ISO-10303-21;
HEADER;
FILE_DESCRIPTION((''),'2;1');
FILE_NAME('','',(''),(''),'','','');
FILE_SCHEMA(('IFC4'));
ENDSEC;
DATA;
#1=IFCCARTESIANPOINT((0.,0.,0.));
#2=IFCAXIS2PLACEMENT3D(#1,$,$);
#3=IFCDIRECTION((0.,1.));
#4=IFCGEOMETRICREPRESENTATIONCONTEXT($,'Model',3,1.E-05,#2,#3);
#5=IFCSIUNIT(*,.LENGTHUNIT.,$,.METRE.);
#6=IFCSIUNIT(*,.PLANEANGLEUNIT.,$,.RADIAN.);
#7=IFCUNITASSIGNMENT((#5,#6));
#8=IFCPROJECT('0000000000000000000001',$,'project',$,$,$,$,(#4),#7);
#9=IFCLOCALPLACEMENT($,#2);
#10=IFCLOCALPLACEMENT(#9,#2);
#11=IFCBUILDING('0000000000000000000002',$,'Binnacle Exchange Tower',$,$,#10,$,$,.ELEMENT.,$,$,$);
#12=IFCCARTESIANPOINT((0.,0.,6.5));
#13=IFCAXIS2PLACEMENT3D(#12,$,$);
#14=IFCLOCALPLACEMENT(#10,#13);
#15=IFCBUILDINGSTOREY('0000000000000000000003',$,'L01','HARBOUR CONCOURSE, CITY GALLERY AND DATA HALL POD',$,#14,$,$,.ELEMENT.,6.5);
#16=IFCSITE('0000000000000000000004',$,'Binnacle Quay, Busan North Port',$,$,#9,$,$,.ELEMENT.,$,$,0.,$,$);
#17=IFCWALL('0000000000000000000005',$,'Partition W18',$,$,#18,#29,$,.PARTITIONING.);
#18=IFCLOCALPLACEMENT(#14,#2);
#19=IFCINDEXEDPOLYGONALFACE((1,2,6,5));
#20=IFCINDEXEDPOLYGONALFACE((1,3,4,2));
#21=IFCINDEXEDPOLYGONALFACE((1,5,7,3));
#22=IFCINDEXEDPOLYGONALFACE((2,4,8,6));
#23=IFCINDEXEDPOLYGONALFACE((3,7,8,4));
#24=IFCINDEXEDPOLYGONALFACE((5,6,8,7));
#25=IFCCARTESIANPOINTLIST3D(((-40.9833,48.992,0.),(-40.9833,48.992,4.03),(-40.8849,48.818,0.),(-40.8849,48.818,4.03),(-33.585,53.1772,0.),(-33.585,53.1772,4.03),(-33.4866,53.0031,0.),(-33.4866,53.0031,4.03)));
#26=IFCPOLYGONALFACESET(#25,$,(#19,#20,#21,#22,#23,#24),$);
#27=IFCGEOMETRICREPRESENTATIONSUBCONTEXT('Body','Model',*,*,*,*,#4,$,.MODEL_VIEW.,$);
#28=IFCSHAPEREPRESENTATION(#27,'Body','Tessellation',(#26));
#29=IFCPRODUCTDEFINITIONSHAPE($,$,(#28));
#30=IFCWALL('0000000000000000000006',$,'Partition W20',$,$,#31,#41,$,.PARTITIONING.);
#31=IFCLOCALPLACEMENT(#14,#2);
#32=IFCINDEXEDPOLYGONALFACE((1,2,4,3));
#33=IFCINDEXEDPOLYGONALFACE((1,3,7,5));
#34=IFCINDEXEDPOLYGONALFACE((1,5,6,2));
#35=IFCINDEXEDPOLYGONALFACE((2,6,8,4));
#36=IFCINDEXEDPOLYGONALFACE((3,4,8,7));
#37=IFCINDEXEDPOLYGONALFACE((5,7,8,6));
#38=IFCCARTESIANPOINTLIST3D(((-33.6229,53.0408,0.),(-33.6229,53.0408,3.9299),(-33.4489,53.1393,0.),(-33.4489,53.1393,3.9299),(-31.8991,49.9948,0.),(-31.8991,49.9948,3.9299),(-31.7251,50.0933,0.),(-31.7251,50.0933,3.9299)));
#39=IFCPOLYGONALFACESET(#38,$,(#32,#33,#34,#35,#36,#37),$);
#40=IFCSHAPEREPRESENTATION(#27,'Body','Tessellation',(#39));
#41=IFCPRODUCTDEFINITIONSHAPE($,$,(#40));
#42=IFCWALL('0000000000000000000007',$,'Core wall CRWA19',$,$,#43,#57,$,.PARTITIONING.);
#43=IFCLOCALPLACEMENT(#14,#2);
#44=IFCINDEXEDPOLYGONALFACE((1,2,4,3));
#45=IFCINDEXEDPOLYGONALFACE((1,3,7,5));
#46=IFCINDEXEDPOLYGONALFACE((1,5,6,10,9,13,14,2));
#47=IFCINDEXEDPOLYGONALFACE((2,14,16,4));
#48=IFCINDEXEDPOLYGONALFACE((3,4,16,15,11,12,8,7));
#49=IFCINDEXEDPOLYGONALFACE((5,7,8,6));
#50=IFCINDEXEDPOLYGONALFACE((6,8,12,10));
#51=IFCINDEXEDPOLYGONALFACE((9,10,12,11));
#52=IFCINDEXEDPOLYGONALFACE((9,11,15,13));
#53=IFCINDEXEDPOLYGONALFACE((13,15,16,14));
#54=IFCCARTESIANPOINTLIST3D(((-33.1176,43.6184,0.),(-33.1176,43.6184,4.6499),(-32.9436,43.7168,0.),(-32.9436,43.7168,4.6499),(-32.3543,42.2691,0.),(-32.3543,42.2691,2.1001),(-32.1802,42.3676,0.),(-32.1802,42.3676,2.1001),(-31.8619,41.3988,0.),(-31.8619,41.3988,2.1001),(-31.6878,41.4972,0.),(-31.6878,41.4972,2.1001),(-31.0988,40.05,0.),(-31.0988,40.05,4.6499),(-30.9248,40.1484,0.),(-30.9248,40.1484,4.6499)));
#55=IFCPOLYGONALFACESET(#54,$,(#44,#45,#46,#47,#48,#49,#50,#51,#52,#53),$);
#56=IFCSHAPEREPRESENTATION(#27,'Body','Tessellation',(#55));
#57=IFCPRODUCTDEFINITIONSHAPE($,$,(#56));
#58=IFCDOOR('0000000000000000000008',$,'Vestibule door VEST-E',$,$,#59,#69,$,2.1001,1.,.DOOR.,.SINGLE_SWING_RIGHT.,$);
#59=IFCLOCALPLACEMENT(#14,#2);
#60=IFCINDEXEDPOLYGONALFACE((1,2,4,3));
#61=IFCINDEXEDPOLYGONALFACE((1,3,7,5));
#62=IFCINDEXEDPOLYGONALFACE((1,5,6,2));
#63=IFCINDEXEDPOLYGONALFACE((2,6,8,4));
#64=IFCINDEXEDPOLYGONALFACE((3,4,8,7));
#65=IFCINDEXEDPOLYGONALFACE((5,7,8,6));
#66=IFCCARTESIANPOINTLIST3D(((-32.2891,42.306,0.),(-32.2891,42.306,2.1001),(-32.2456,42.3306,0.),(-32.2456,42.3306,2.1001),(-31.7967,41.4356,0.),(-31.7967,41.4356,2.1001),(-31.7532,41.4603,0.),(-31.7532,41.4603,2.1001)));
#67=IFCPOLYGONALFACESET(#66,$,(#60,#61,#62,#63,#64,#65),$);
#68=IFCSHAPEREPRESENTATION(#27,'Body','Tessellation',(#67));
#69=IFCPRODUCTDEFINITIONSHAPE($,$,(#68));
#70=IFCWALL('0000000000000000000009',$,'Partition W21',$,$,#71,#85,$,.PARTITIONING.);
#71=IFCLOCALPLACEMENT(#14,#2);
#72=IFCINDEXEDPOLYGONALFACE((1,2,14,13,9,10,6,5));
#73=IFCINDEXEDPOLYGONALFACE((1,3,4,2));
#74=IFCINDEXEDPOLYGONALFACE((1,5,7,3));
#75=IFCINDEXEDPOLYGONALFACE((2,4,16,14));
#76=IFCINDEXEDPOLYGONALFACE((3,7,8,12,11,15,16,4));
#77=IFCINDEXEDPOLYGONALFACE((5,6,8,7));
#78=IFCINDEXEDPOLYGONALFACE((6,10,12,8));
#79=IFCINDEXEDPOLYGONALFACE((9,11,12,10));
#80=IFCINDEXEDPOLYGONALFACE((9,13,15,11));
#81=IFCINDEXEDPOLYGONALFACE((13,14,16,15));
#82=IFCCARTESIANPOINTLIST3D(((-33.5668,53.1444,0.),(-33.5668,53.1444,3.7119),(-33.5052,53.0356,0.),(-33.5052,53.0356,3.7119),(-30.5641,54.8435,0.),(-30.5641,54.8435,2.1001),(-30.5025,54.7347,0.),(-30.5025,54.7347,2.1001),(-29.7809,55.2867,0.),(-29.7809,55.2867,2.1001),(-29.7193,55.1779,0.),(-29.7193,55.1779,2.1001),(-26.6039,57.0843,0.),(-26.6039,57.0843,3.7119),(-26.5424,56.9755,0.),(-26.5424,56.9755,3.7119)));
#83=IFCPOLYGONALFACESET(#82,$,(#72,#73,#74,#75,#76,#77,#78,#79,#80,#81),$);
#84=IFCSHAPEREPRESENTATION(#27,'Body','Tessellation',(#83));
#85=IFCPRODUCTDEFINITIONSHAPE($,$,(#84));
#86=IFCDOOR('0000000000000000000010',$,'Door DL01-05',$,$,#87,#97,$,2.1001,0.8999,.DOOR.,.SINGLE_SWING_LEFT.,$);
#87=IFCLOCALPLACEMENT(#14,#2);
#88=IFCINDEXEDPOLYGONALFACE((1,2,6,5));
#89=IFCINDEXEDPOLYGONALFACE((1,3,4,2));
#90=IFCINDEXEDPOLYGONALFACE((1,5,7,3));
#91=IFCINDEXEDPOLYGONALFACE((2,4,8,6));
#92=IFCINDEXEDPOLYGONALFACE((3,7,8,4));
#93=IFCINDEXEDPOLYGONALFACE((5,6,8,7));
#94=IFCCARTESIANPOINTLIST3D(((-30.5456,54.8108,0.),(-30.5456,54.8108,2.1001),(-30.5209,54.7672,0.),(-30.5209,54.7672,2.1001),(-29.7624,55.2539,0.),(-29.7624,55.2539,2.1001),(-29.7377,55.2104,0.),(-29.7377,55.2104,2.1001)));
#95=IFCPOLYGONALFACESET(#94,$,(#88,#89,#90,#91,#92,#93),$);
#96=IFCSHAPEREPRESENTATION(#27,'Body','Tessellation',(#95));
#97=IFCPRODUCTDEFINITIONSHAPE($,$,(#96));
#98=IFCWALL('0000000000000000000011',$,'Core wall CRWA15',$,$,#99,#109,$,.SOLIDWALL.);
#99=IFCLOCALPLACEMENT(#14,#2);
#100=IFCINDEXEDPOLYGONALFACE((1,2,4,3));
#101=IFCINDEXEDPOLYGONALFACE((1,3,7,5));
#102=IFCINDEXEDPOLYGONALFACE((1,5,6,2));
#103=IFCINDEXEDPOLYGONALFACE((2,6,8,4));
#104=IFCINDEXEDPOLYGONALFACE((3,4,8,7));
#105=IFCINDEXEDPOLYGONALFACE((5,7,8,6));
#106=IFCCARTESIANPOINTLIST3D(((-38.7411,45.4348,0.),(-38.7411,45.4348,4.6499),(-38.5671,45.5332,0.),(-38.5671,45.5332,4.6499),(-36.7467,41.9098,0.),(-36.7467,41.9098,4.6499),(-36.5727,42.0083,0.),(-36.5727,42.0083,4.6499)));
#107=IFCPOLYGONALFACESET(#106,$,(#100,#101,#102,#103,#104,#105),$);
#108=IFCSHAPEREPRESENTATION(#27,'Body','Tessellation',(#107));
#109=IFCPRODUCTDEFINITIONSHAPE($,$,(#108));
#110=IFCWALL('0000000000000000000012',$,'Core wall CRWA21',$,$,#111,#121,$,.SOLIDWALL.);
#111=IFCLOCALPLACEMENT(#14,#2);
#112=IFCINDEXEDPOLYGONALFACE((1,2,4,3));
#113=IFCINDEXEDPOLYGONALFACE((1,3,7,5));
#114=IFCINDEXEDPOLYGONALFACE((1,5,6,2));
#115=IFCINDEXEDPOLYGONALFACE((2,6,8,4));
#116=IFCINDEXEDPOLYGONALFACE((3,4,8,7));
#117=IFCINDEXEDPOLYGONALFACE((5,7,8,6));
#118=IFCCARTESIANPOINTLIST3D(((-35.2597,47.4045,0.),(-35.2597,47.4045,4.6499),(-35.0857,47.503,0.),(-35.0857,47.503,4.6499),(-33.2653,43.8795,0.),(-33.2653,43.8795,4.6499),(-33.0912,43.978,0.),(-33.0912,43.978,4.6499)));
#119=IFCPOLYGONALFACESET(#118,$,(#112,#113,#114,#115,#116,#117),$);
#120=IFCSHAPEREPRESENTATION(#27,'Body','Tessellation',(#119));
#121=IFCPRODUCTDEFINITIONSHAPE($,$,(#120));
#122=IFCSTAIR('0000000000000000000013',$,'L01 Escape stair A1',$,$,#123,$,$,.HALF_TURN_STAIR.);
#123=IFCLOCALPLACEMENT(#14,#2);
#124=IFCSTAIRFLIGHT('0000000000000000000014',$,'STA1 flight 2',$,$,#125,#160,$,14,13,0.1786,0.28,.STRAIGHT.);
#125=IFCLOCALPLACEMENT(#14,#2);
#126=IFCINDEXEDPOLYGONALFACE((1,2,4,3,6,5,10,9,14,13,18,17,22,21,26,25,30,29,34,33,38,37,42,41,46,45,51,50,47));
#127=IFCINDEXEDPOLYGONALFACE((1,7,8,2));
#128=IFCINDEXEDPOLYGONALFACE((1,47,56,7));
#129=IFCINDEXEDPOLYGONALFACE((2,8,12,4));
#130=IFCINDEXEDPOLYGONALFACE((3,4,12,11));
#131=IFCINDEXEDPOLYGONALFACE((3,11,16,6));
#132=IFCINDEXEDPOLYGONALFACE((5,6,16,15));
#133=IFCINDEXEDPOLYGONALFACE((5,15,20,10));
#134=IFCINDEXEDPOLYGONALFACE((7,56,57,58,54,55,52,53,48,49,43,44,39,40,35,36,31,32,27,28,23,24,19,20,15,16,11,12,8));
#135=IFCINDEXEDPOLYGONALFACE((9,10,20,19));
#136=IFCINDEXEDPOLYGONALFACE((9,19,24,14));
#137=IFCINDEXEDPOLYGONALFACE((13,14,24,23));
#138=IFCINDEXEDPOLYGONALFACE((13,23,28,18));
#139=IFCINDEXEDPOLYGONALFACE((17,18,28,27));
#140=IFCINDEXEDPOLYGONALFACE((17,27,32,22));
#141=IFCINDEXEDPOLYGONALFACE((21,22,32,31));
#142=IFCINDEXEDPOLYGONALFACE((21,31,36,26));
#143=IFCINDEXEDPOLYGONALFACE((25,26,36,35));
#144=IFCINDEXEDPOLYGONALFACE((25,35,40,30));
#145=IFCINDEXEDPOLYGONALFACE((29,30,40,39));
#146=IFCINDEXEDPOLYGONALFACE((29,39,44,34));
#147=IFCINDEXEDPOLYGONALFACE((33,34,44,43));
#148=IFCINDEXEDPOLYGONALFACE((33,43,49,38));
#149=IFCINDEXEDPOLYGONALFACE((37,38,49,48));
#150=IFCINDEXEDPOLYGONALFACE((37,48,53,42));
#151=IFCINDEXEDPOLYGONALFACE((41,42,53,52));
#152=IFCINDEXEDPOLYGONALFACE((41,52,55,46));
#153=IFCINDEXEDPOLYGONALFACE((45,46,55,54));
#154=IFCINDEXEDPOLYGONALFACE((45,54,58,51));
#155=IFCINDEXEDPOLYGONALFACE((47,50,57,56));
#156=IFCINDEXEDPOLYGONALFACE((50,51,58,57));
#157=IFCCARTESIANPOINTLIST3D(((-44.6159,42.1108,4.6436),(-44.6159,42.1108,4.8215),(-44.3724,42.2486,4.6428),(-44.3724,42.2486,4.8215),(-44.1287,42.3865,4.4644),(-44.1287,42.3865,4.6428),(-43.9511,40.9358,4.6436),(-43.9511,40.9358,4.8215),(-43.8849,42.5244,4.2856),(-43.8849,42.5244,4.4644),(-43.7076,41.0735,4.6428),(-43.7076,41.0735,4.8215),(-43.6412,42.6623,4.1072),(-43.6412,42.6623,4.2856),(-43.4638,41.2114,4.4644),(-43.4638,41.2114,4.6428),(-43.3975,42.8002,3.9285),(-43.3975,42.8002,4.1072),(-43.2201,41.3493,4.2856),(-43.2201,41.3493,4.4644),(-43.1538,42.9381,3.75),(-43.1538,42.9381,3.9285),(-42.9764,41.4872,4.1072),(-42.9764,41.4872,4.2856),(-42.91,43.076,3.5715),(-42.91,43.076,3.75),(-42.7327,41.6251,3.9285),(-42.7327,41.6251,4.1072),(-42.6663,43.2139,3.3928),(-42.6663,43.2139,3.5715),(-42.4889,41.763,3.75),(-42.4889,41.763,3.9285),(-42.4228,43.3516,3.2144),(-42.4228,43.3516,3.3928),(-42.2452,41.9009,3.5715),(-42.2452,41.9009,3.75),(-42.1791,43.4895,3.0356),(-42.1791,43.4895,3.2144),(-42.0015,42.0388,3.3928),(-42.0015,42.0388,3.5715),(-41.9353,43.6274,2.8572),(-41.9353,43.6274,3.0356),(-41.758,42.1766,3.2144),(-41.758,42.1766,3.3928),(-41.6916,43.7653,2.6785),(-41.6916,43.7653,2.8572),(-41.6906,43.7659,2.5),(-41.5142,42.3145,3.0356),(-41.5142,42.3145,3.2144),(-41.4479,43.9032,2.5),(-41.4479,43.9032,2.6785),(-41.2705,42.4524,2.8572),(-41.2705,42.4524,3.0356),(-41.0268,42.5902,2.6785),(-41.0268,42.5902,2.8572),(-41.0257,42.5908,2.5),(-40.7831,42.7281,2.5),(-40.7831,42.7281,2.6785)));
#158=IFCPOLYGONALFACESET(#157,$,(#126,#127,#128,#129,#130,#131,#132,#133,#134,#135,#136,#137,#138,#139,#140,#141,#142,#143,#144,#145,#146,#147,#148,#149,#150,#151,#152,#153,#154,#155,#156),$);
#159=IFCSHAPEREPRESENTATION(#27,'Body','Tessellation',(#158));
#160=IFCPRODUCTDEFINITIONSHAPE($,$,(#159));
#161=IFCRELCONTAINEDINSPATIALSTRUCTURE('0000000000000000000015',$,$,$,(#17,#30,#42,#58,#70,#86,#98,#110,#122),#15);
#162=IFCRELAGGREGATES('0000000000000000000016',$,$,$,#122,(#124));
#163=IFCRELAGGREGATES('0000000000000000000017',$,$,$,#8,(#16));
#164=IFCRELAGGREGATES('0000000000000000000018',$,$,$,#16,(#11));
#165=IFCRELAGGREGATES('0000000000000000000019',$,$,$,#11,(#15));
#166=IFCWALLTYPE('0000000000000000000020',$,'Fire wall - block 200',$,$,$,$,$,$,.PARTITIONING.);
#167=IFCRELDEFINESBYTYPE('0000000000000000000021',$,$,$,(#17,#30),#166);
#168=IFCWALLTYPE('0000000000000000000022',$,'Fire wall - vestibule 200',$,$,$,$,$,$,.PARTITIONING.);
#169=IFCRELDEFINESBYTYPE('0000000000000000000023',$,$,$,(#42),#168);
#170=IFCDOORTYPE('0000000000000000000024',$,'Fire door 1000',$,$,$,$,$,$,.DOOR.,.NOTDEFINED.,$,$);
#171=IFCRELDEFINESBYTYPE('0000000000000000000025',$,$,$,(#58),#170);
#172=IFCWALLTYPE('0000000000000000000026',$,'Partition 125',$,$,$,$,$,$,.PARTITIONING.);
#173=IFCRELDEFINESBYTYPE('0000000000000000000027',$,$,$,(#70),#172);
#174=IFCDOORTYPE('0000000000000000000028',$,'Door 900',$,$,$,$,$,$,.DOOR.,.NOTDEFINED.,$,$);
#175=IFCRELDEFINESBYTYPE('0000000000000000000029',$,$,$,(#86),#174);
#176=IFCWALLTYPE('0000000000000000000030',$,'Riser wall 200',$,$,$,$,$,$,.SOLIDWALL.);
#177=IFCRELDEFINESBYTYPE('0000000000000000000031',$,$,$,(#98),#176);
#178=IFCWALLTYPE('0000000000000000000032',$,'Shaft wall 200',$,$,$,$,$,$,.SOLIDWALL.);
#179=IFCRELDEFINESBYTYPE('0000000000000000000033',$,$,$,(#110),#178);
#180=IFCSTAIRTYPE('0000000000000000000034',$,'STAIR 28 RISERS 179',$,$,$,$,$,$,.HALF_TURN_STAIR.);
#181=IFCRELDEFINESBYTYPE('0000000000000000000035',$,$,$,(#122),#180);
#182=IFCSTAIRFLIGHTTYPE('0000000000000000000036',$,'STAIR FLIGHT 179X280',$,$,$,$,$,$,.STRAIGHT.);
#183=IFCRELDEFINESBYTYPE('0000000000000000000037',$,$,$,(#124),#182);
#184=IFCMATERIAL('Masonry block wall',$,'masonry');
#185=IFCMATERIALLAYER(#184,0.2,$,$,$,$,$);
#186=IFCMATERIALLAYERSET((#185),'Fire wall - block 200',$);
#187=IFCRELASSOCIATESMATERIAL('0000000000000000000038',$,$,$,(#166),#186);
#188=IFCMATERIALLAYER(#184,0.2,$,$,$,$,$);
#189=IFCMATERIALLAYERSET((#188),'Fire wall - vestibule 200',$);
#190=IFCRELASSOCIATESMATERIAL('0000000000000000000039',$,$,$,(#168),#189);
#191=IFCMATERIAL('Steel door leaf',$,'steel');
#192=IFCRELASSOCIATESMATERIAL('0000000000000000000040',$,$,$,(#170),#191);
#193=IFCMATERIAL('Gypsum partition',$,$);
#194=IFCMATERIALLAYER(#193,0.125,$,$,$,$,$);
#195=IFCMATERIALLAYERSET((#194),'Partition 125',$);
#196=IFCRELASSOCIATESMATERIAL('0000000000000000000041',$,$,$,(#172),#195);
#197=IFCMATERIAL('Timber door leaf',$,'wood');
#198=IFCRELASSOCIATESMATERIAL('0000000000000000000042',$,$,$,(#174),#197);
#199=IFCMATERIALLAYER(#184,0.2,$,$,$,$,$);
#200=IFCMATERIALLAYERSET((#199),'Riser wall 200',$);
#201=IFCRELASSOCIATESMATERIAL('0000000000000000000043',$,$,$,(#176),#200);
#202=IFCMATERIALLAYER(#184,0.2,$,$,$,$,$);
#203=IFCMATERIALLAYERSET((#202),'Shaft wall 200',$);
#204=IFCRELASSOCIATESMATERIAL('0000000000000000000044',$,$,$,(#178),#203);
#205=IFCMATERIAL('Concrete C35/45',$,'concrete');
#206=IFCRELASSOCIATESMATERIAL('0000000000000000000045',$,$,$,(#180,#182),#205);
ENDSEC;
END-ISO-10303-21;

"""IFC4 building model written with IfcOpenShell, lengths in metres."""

from ifc_helpers import new_model, si_unit, direction, frame, frame_2d, origin, place, context, subcontext, project, spatial, polyline, rectangle, outline, extrude, material, layer, layer_set, type_object, element, fill, aggregate, save


model = new_model("IFC4")

# Units and contexts
model_context = context("Model", 3, precision=1e-05, world=origin(), true_north=direction((0.0, 1.0)))
body_context = subcontext(model_context, "Body", "Model", "MODEL_VIEW")
ifc_project = project(units=[si_unit("LENGTHUNIT", "METRE"), si_unit("PLANEANGLEUNIT", "RADIAN")], contexts=[model_context])

# Site, building, storey
site_placement = place(None, origin())
site = spatial("IfcSite", under=ifc_project, at=site_placement, Name="Binnacle Quay, Busan North Port", CompositionType="ELEMENT", RefElevation=0.0)
building_placement = place(site_placement, origin())
building = spatial("IfcBuilding", under=site, at=building_placement, Name="Binnacle Exchange Tower", CompositionType="ELEMENT")
storey_placement = place(building_placement, frame((0.0, 0.0, 6.5)))
storey = spatial("IfcBuildingStorey", under=building, at=storey_placement, Name="L01", Description="HARBOUR CONCOURSE, CITY GALLERY AND DATA HALL POD", CompositionType="ELEMENT", Elevation=6.5)

# Shared definitions
ifc_material_1 = material(Name="Steel door leaf", Category="steel")

# Walls
ifc_material_2 = material(Name="Masonry block wall", Category="masonry")
ifc_layer_1 = layer(ifc_material_2, 0.2)
ifc_layer_set_1 = layer_set([ifc_layer_1], Name="Fire wall - block 200")
wall_type_1 = type_object("IfcWallType", Name="Fire wall - block 200", PredefinedType="PARTITIONING", material=ifc_layer_set_1)
wall_1_placement = place(storey_placement, frame((-40.9341, 48.905, 0.0), z_axis=(0.0, 0.0, 1.0), x_axis=(0.870388, 0.492367, 0.0)))
element("IfcWall", 1, at=wall_1_placement, inside=storey, type_object=wall_type_1, Name="Partition W18", PredefinedType="PARTITIONING", context=body_context, shape_type="SweptSolid", body=[
    extrude(rectangle(XDim=8.5, YDim=0.2, at=frame_2d((4.25, 0.0))), origin(), (0.0, 0.0, 1.0), 4.03),
])
wall_2_placement = place(storey_placement, frame((-33.5359, 53.0901, 0.0), z_axis=(0.0, 0.0, 1.0), x_axis=(0.492521, -0.8703, 0.0)))
element("IfcWall", 2, at=wall_2_placement, inside=storey, type_object=wall_type_1, Name="Partition W20", PredefinedType="PARTITIONING", context=body_context, shape_type="SweptSolid", body=[
    extrude(rectangle(XDim=3.5, YDim=0.2, at=frame_2d((1.75, 0.0))), origin(), (0.0, 0.0, 1.0), 3.9299),
])

# Walls, openings, doors
ifc_layer_2 = layer(ifc_material_2, 0.2)
ifc_layer_set_2 = layer_set([ifc_layer_2], Name="Fire wall - vestibule 200")
wall_type_2 = type_object("IfcWallType", Name="Fire wall - vestibule 200", PredefinedType="PARTITIONING", material=ifc_layer_set_2)
wall_3_placement = place(storey_placement, frame((-33.0305, 43.6675, 0.0), z_axis=(0.0, 0.0, 1.0), x_axis=(0.492408, -0.870364, 0.0)))
wall_3 = element("IfcWall", 3, at=wall_3_placement, inside=storey, type_object=wall_type_2, Name="Core wall CRWA19", PredefinedType="PARTITIONING", context=body_context, shape_type="SweptSolid", body=[
    extrude(rectangle(XDim=4.0999, YDim=0.2, at=frame_2d((2.0498, 0.0))), origin(), (0.0, 0.0, 1.0), 4.6499),
])
opening_1_placement = place(wall_3_placement, frame((1.55, 0.0, 0.0)))
opening_1 = element("IfcOpeningElement", 4, at=opening_1_placement, cuts=wall_3, PredefinedType="OPENING", context=body_context, shape_type="SweptSolid", body=[
    extrude(rectangle(XDim=1.0, YDim=2.1001, at=frame_2d((0.5, 1.05))), frame((0.0, 0.1099, 0.0), z_axis=(0.0, -1.0, 0.0), x_axis=(1.0, 0.0, 0.0)), (0.0, 0.0, 1.0), 0.22),
])
door_type_1 = type_object("IfcDoorType", Name="Fire door 1000", OperationType="NOTDEFINED", PredefinedType="DOOR", material=ifc_material_1)
door_1_placement = place(opening_1_placement, origin())
door_1 = element("IfcDoor", 5, at=door_1_placement, inside=storey, type_object=door_type_1, Name="Vestibule door VEST-E", OperationType="SINGLE_SWING_RIGHT", OverallHeight=2.1001, OverallWidth=1.0, PredefinedType="DOOR", context=body_context, shape_type="SweptSolid", body=[
    extrude(rectangle(XDim=1.0, YDim=2.1001, at=frame_2d((0.5, 1.05))), frame((0.0, 0.0249, 0.0), z_axis=(0.0, -1.0, 0.0), x_axis=(1.0, 0.0, 0.0)), (0.0, 0.0, 1.0), 0.05),
])
fill(opening_1, door_1)
ifc_material_3 = material(Name="Gypsum partition")
ifc_layer_3 = layer(ifc_material_3, 0.125)
ifc_layer_set_3 = layer_set([ifc_layer_3], Name="Partition 125")
wall_type_3 = type_object("IfcWallType", Name="Partition 125", PredefinedType="PARTITIONING", material=ifc_layer_set_3)
wall_4_placement = place(storey_placement, frame((-33.5359, 53.0901, 0.0), z_axis=(0.0, 0.0, 1.0), x_axis=(0.870327, 0.492473, 0.0)))
wall_4 = element("IfcWall", 6, at=wall_4_placement, inside=storey, type_object=wall_type_3, Name="Partition W21", PredefinedType="PARTITIONING", context=body_context, shape_type="SweptSolid", body=[
    extrude(rectangle(XDim=8.0002, YDim=0.125, at=frame_2d((4.0, 0.0))), origin(), (0.0, 0.0, 1.0), 3.7119),
])
opening_2_placement = place(wall_4_placement, frame((3.45, 0.0, 0.0)))
opening_2 = element("IfcOpeningElement", 7, at=opening_2_placement, cuts=wall_4, PredefinedType="OPENING", context=body_context, shape_type="SweptSolid", body=[
    extrude(rectangle(XDim=0.8999, YDim=2.1001, at=frame_2d((0.45, 1.05))), frame((0.0, 0.0725, 0.0), z_axis=(0.0, -1.0, 0.0), x_axis=(1.0, 0.0, 0.0)), (0.0, 0.0, 1.0), 0.145),
])
ifc_material_4 = material(Name="Timber door leaf", Category="wood")
door_type_2 = type_object("IfcDoorType", Name="Door 900", OperationType="NOTDEFINED", PredefinedType="DOOR", material=ifc_material_4)
door_2_placement = place(opening_2_placement, origin())
door_2 = element("IfcDoor", 8, at=door_2_placement, inside=storey, type_object=door_type_2, Name="Door DL01-05", OperationType="SINGLE_SWING_LEFT", OverallHeight=2.1001, OverallWidth=0.8999, PredefinedType="DOOR", context=body_context, shape_type="SweptSolid", body=[
    extrude(rectangle(XDim=0.8999, YDim=2.1001, at=frame_2d((0.45, 1.05))), frame((0.0, 0.0249, 0.0), z_axis=(0.0, -1.0, 0.0), x_axis=(1.0, 0.0, 0.0)), (0.0, 0.0, 1.0), 0.05),
])
fill(opening_2, door_2)

# Walls
ifc_layer_4 = layer(ifc_material_2, 0.2)
ifc_layer_set_4 = layer_set([ifc_layer_4], Name="Riser wall 200")
wall_type_4 = type_object("IfcWallType", Name="Riser wall 200", PredefinedType="SOLIDWALL", material=ifc_layer_set_4)
wall_5_placement = place(storey_placement, frame((-38.6541, 45.4839, 0.0), z_axis=(0.0, 0.0, 1.0), x_axis=(0.492441, -0.870346, 0.0)))
element("IfcWall", 9, at=wall_5_placement, inside=storey, type_object=wall_type_4, Name="Core wall CRWA15", PredefinedType="SOLIDWALL", context=body_context, shape_type="SweptSolid", body=[
    extrude(rectangle(XDim=4.05, YDim=0.2, at=frame_2d((2.0249, 0.0))), origin(), (0.0, 0.0, 1.0), 4.6499),
])
ifc_layer_5 = layer(ifc_material_2, 0.2)
ifc_layer_set_5 = layer_set([ifc_layer_5], Name="Shaft wall 200")
wall_type_5 = type_object("IfcWallType", Name="Shaft wall 200", PredefinedType="SOLIDWALL", material=ifc_layer_set_5)
wall_6_placement = place(storey_placement, frame((-35.1726, 47.4536, 0.0), z_axis=(0.0, 0.0, 1.0), x_axis=(0.492441, -0.870346, 0.0)))
element("IfcWall", 10, at=wall_6_placement, inside=storey, type_object=wall_type_5, Name="Core wall CRWA21", PredefinedType="SOLIDWALL", context=body_context, shape_type="SweptSolid", body=[
    extrude(rectangle(XDim=4.05, YDim=0.2, at=frame_2d((2.0249, 0.0))), origin(), (0.0, 0.0, 1.0), 4.6499),
])

# Stair, stair flight
ifc_material_5 = material(Name="Concrete C35/45", Category="concrete")
stair_type = type_object("IfcStairType", Name="STAIR 28 RISERS 179", PredefinedType="HALF_TURN_STAIR", material=ifc_material_5)
stair_placement = place(storey_placement, origin())
stair = element("IfcStair", 11, at=stair_placement, inside=storey, type_object=stair_type, Name="L01 Escape stair A1", PredefinedType="HALF_TURN_STAIR")
stair_flight_type = type_object("IfcStairFlightType", Name="STAIR FLIGHT 179X280", PredefinedType="STRAIGHT", material=ifc_material_5)
stair_flight_placement = place(storey_placement, frame((-41.1155, 43.3157, 2.5), z_axis=(0.0, 0.0, 1.0), x_axis=(-0.870356, -0.492424, 0.0)))
stair_flight = element("IfcStairFlight", 12, at=stair_flight_placement, type_object=stair_flight_type, Name="STA1 flight 2", NumberOfRisers=14, NumberOfTreads=13, PredefinedType="STRAIGHT", RiserHeight=0.1786, TreadLength=0.28, context=body_context, shape_type="SweptSolid", body=[
    extrude(outline(polyline([(0.0, 0.0), (0.0, 0.1785), (0.28, 0.1785), (0.28, 0.3572), (0.5601, 0.3572), (0.5601, 0.5356), (0.8401, 0.5356), (0.8401, 0.7144), (1.1201, 0.7144), (1.1201, 0.8928), (1.3999, 0.8928), (1.3999, 1.0715), (1.6799, 1.0715), (1.6799, 1.25), (1.96, 1.25), (1.96, 1.4285), (2.24, 1.4285), (2.24, 1.6072), (2.52, 1.6072), (2.52, 1.7856), (2.8, 1.7856), (2.8, 1.9644), (3.0801, 1.9644), (3.0801, 2.1428), (3.3601, 2.1428), (3.3601, 2.3215), (3.6399, 2.3215), (3.6399, 2.5), (3.6399, 2.1436), (0.2788, 0.0), (0.0, 0.0)])), frame((0.0, 0.675, 0.0), z_axis=(0.0, -1.0, 0.0), x_axis=(1.0, 0.0, 0.0)), (0.0, 0.0, 1.0), 1.3501),
])
aggregate(stair, [stair_flight])

save(model, "model.ifc")
